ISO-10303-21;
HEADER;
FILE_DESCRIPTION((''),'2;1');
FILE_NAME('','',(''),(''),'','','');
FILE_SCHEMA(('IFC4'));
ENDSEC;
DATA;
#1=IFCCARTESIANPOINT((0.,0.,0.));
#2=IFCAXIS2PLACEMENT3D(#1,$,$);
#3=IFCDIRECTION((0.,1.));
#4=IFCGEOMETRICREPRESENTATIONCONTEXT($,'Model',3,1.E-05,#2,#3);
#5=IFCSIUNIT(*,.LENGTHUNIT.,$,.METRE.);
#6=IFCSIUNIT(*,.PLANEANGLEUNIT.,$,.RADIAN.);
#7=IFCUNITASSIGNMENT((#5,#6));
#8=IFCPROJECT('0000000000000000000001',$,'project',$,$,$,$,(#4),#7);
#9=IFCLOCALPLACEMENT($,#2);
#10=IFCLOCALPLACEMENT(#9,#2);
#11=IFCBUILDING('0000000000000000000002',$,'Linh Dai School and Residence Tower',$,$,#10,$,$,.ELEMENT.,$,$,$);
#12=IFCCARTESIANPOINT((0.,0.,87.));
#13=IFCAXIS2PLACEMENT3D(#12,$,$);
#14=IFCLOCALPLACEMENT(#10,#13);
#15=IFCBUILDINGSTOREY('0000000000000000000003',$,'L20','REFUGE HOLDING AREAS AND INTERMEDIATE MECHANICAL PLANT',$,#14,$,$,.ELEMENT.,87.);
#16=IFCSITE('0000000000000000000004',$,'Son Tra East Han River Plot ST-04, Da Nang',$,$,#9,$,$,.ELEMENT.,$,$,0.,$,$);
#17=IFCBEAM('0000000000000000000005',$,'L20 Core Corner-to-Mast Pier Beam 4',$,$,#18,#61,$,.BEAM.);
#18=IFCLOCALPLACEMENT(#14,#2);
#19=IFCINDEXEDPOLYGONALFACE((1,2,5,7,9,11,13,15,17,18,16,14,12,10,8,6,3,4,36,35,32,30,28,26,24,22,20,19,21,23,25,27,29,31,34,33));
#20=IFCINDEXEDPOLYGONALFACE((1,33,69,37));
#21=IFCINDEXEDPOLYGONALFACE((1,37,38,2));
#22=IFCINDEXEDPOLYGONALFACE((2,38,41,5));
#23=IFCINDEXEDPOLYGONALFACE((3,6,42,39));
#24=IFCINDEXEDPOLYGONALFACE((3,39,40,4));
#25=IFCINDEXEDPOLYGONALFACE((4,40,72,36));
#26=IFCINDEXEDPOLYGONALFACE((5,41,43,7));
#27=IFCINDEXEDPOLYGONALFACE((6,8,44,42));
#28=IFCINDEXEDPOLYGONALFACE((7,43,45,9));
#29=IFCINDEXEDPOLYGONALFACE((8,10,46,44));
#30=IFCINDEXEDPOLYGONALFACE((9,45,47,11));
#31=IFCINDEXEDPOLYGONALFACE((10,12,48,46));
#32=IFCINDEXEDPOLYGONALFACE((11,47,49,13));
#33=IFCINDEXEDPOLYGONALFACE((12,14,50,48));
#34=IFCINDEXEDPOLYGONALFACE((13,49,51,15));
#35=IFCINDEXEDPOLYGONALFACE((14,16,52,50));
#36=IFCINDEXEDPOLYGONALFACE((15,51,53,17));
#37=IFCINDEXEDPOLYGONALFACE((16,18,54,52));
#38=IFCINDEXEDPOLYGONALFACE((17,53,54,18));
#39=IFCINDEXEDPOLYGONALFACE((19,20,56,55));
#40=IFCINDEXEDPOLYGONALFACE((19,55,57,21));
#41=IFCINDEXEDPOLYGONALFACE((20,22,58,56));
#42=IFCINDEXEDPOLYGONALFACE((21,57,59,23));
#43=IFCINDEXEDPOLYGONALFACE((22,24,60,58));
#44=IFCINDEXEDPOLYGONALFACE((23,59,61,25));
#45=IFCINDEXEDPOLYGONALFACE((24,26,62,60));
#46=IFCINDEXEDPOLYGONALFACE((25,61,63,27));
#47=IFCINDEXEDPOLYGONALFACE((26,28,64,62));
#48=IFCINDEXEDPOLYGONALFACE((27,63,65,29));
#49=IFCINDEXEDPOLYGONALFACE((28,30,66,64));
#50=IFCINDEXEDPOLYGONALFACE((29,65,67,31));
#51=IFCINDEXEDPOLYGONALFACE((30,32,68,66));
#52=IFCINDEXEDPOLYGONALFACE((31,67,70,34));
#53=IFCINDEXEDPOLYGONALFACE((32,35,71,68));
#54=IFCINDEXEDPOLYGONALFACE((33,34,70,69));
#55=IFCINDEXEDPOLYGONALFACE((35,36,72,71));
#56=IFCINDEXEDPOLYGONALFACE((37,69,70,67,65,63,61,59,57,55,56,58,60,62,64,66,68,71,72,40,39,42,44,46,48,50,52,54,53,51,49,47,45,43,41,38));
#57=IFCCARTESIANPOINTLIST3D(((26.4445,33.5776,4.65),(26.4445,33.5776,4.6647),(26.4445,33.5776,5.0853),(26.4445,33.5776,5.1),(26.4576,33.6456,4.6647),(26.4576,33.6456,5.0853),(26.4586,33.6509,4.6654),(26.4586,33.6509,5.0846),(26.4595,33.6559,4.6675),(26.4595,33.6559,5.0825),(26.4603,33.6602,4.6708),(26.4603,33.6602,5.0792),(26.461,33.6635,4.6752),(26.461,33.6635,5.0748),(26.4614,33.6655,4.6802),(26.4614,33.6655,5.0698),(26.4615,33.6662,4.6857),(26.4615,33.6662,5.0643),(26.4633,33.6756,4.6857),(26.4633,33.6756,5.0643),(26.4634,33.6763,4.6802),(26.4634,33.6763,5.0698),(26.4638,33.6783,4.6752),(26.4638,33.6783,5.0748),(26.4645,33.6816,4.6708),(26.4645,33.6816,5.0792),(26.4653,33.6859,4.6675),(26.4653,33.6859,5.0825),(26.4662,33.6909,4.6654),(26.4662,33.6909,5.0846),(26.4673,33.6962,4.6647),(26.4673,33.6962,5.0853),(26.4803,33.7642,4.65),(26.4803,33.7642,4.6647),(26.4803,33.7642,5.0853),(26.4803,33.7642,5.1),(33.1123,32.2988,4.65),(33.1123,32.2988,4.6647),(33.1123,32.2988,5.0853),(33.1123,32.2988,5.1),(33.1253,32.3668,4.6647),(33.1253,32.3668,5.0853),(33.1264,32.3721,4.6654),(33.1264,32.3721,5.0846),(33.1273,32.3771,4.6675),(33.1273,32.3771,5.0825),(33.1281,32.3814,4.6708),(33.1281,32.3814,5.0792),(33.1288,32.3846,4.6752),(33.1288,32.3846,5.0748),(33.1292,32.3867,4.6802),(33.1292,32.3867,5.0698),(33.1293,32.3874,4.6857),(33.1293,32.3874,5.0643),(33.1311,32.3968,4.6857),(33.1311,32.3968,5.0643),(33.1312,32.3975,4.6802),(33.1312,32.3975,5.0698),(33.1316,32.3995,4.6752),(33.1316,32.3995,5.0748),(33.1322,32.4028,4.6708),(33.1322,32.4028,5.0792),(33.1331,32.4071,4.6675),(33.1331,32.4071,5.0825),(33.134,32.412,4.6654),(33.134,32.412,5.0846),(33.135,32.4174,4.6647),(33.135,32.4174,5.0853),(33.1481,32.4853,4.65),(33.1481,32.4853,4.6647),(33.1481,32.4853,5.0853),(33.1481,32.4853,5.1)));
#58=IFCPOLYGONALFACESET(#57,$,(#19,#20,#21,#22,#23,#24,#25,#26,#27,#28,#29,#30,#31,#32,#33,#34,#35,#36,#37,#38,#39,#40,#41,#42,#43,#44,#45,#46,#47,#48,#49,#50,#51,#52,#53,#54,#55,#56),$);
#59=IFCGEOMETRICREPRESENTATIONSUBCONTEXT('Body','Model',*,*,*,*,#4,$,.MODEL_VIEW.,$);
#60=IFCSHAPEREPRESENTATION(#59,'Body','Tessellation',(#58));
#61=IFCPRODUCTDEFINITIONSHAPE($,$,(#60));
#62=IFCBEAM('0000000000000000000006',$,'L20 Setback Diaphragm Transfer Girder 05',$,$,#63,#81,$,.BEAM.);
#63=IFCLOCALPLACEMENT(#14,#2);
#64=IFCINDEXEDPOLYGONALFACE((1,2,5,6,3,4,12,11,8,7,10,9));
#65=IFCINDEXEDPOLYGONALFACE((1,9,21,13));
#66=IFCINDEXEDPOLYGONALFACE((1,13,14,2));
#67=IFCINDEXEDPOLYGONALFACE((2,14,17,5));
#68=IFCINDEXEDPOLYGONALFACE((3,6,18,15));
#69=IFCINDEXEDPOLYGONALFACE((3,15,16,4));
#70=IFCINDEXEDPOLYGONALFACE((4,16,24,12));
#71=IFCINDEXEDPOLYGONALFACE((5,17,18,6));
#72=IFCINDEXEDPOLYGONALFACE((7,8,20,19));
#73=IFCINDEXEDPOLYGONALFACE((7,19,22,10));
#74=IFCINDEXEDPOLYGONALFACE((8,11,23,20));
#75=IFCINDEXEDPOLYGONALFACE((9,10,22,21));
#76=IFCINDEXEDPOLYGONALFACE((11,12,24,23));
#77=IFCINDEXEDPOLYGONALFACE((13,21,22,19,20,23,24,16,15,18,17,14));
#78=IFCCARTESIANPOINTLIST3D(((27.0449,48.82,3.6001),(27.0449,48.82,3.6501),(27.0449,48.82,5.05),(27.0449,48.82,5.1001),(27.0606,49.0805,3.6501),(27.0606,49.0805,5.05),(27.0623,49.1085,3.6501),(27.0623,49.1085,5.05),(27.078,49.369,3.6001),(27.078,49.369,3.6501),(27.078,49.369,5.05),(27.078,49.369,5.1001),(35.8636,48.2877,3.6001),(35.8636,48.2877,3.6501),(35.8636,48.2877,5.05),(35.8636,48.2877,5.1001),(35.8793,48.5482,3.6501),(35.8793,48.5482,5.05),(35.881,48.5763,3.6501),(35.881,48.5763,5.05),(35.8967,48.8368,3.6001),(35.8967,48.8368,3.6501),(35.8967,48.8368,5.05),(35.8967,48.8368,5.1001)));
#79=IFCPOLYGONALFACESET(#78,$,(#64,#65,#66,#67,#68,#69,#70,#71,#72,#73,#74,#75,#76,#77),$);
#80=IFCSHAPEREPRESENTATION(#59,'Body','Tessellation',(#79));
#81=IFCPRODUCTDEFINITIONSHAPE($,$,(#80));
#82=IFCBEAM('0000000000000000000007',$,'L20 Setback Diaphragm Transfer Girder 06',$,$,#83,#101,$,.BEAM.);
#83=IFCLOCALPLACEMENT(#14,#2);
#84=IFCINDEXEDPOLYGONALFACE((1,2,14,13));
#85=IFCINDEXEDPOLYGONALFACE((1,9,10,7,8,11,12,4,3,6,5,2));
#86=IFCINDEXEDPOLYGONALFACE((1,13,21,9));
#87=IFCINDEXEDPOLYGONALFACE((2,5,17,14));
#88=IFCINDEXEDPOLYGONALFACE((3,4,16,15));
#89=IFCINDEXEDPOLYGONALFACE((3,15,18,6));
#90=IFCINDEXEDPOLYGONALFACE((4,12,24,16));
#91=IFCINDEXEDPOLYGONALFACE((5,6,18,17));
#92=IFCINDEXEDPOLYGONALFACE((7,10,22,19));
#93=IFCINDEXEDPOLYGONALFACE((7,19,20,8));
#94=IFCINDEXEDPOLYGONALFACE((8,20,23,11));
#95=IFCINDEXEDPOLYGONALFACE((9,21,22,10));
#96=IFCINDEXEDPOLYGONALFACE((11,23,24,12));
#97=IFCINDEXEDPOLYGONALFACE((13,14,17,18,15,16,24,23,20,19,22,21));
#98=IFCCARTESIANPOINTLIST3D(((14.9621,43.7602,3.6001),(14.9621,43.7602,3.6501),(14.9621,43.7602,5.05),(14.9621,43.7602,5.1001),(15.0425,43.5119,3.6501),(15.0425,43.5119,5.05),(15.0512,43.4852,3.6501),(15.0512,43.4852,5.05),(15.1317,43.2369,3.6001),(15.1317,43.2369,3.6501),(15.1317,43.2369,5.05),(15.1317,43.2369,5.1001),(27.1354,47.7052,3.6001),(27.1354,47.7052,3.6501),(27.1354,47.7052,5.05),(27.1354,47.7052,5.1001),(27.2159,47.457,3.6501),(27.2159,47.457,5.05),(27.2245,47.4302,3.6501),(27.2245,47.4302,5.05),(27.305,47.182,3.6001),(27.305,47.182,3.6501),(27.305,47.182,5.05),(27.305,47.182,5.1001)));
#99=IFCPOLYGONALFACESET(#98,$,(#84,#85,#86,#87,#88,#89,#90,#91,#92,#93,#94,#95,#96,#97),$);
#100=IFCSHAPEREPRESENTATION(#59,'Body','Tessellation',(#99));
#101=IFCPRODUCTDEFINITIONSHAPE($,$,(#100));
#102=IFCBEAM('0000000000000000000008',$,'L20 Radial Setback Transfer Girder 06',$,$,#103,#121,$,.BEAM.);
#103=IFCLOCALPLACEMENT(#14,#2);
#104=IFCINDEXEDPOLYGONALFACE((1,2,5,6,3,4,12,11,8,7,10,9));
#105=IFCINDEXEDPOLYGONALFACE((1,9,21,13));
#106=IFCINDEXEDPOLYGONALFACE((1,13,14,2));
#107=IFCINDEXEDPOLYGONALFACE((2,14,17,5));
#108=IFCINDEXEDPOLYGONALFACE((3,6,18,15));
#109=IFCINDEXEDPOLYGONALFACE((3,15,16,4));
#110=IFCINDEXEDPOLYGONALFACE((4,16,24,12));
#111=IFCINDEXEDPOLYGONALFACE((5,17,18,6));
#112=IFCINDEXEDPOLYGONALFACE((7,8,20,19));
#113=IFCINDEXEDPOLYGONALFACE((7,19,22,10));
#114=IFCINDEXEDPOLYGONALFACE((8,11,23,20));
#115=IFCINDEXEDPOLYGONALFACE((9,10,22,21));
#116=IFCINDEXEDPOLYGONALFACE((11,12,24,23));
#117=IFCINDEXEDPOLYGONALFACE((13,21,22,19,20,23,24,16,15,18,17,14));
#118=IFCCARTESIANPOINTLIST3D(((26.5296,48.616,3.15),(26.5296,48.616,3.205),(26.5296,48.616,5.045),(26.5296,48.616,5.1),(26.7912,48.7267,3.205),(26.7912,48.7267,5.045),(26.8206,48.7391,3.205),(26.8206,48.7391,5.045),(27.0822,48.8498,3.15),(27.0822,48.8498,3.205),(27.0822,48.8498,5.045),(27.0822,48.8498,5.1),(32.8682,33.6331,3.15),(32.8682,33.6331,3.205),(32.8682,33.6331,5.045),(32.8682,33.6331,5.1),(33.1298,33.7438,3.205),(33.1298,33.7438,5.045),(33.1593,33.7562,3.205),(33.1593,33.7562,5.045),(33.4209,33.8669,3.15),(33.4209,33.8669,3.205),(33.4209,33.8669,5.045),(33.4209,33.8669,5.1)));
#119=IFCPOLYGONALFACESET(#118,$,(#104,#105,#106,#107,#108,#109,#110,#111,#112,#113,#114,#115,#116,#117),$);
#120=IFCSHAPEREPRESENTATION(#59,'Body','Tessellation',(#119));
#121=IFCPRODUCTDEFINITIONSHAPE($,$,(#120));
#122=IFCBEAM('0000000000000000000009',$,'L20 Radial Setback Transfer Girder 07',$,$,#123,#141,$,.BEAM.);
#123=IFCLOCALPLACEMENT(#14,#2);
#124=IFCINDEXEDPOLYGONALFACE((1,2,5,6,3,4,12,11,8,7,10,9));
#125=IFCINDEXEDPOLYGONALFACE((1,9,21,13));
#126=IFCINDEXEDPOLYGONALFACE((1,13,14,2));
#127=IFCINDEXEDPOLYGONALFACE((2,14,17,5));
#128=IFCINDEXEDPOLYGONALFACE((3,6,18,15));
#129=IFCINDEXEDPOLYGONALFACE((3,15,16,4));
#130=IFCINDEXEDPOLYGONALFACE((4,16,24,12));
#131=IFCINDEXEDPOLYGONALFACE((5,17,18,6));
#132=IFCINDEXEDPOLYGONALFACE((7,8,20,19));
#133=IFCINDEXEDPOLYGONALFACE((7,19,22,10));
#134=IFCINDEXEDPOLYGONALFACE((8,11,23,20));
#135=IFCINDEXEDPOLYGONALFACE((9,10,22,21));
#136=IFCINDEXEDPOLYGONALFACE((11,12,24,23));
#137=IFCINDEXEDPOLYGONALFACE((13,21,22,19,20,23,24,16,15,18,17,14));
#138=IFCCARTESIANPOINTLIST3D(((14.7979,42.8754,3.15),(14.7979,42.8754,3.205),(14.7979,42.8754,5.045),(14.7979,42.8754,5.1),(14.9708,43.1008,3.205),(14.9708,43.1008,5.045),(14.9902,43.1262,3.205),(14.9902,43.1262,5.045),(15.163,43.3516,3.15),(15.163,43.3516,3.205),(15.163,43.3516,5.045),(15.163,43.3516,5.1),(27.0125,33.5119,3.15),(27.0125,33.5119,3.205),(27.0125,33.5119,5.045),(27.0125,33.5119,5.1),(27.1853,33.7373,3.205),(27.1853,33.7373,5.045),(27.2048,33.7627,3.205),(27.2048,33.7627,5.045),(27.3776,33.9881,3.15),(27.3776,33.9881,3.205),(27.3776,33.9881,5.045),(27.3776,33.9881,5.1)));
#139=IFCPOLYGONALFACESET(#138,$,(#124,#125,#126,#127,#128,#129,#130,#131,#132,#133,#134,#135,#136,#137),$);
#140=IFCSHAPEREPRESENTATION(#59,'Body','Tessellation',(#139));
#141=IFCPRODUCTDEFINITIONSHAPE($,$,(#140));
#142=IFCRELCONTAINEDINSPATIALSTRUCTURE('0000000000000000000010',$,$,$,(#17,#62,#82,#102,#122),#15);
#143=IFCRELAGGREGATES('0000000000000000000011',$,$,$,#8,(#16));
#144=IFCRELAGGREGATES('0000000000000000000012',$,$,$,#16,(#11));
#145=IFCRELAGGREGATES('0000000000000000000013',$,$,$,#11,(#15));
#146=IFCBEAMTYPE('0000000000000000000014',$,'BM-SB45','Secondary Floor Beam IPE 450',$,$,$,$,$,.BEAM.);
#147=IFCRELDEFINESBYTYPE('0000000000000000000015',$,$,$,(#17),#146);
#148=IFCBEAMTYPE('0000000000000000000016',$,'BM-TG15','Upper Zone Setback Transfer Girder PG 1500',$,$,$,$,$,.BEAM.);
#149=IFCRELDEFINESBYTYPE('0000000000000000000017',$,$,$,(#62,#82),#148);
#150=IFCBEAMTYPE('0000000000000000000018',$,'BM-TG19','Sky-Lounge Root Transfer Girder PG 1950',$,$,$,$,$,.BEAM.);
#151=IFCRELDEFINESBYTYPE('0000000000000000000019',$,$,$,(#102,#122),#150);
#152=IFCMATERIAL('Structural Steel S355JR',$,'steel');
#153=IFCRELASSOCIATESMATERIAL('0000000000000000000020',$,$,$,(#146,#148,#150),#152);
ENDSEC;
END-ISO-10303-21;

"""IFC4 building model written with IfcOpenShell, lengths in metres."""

from ifc_helpers import new_model, si_unit, direction, frame, origin, origin_2d, place, context, subcontext, project, spatial, i_section, extrude, material, material_profile, profile_set, type_object, element, save


model = new_model("IFC4")

# Units and contexts
model_context = context("Model", 3, precision=1e-05, world=origin(), true_north=direction((0.0, 1.0)))
body_context = subcontext(model_context, "Body", "Model", "MODEL_VIEW")
ifc_project = project(units=[si_unit("LENGTHUNIT", "METRE"), si_unit("PLANEANGLEUNIT", "RADIAN")], contexts=[model_context])

# Site, building, storey
site_placement = place(None, origin())
site = spatial("IfcSite", under=ifc_project, at=site_placement, Name="Son Tra East Han River Plot ST-04, Da Nang", CompositionType="ELEMENT", RefElevation=0.0)
building_placement = place(site_placement, origin())
building = spatial("IfcBuilding", under=site, at=building_placement, Name="Linh Dai School and Residence Tower", CompositionType="ELEMENT")
storey_placement = place(building_placement, frame((0.0, 0.0, 87.0)))
storey = spatial("IfcBuildingStorey", under=building, at=storey_placement, Name="L20", Description="REFUGE HOLDING AREAS AND INTERMEDIATE MECHANICAL PLANT", CompositionType="ELEMENT", Elevation=87.0)

# Shared definitions
ifc_material_1 = material(Name="Structural Steel S355JR", Category="steel")

# Beams
ifc_material_profile_1 = material_profile(ifc_material_1, i_section(OverallWidth=0.1899, OverallDepth=0.45, WebThickness=0.0095, FlangeThickness=0.0146, FilletRadius=0.021, at=origin_2d()), Name="IPE 450")
ifc_profile_set_1 = profile_set([ifc_material_profile_1], Name="Structural Steel S355JR")
beam_type_1 = type_object("IfcBeamType", Name="BM-SB45", Description="Secondary Floor Beam IPE 450", PredefinedType="BEAM", material=ifc_profile_set_1)
beam_1_placement = place(storey_placement, frame((26.4624, 33.6709, 4.875), z_axis=(0.9821, -0.188358, 0.0), x_axis=(0.188358, 0.9821, 0.0)))
element("IfcBeam", 1, at=beam_1_placement, inside=storey, type_object=beam_type_1, Name="L20 Core Corner-to-Mast Pier Beam 4", PredefinedType="BEAM", context=body_context, shape_type="SweptSolid", body=[
    extrude(i_section(OverallWidth=0.1899, OverallDepth=0.45, WebThickness=0.0095, FlangeThickness=0.0146, FilletRadius=0.021, at=origin_2d()), origin(), (0.0, 0.0, 1.0), 6.7893),
])
ifc_material_profile_2 = material_profile(ifc_material_1, i_section(OverallWidth=0.55, OverallDepth=1.5, WebThickness=0.0281, FlangeThickness=0.05, at=origin_2d()), Name="PG 1500x550x28x50")
ifc_profile_set_2 = profile_set([ifc_material_profile_2], Name="Structural Steel S355JR")
beam_type_2 = type_object("IfcBeamType", Name="BM-TG15", Description="Upper Zone Setback Transfer Girder PG 1500", PredefinedType="BEAM", material=ifc_profile_set_2)
beam_2_placement = place(storey_placement, frame((35.8801, 48.5623, 4.3501), z_axis=(-0.998184, 0.060243, 0.0), x_axis=(-0.060243, -0.998184, 0.0)))
element("IfcBeam", 2, at=beam_2_placement, inside=storey, type_object=beam_type_2, Name="L20 Setback Diaphragm Transfer Girder 05", PredefinedType="BEAM", context=body_context, shape_type="SweptSolid", body=[
    extrude(i_section(OverallWidth=0.55, OverallDepth=1.5, WebThickness=0.0281, FlangeThickness=0.05, at=origin_2d()), origin(), (0.0, 0.0, 1.0), 8.8347),
])
beam_3_placement = place(storey_placement, frame((27.2202, 47.4436, 4.3501), z_axis=(-0.951293, -0.30829, 0.0), x_axis=(0.30829, -0.951293, 0.0)))
element("IfcBeam", 3, at=beam_3_placement, inside=storey, type_object=beam_type_2, Name="L20 Setback Diaphragm Transfer Girder 06", PredefinedType="BEAM", context=body_context, shape_type="SweptSolid", body=[
    extrude(i_section(OverallWidth=0.55, OverallDepth=1.5, WebThickness=0.0281, FlangeThickness=0.05, at=origin_2d()), origin(), (0.0, 0.0, 1.0), 12.7966),
])
ifc_material_profile_3 = material_profile(ifc_material_1, i_section(OverallWidth=0.6001, OverallDepth=1.95, WebThickness=0.032, FlangeThickness=0.0549, at=origin_2d()), Name="PG 1950x600x32x55")
ifc_profile_set_3 = profile_set([ifc_material_profile_3], Name="Structural Steel S355JR")
beam_type_3 = type_object("IfcBeamType", Name="BM-TG19", Description="Sky-Lounge Root Transfer Girder PG 1950", PredefinedType="BEAM", material=ifc_profile_set_3)
beam_4_placement = place(storey_placement, frame((33.1445, 33.75, 4.125), z_axis=(-0.389624, 0.920974, 0.0), x_axis=(-0.920974, -0.389624, 0.0)))
element("IfcBeam", 4, at=beam_4_placement, inside=storey, type_object=beam_type_3, Name="L20 Radial Setback Transfer Girder 06", PredefinedType="BEAM", context=body_context, shape_type="SweptSolid", body=[
    extrude(i_section(OverallWidth=0.6001, OverallDepth=1.95, WebThickness=0.032, FlangeThickness=0.0549, at=origin_2d()), origin(), (0.0, 0.0, 1.0), 16.2686),
])
beam_5_placement = place(storey_placement, frame((27.1951, 33.75, 4.125), z_axis=(-0.793638, 0.608391, 0.0), x_axis=(-0.608391, -0.793638, 0.0)))
element("IfcBeam", 5, at=beam_5_placement, inside=storey, type_object=beam_type_3, Name="L20 Radial Setback Transfer Girder 07", PredefinedType="BEAM", context=body_context, shape_type="SweptSolid", body=[
    extrude(i_section(OverallWidth=0.6001, OverallDepth=1.95, WebThickness=0.032, FlangeThickness=0.0549, at=origin_2d()), origin(), (0.0, 0.0, 1.0), 15.3906),
])

save(model, "model.ifc")
